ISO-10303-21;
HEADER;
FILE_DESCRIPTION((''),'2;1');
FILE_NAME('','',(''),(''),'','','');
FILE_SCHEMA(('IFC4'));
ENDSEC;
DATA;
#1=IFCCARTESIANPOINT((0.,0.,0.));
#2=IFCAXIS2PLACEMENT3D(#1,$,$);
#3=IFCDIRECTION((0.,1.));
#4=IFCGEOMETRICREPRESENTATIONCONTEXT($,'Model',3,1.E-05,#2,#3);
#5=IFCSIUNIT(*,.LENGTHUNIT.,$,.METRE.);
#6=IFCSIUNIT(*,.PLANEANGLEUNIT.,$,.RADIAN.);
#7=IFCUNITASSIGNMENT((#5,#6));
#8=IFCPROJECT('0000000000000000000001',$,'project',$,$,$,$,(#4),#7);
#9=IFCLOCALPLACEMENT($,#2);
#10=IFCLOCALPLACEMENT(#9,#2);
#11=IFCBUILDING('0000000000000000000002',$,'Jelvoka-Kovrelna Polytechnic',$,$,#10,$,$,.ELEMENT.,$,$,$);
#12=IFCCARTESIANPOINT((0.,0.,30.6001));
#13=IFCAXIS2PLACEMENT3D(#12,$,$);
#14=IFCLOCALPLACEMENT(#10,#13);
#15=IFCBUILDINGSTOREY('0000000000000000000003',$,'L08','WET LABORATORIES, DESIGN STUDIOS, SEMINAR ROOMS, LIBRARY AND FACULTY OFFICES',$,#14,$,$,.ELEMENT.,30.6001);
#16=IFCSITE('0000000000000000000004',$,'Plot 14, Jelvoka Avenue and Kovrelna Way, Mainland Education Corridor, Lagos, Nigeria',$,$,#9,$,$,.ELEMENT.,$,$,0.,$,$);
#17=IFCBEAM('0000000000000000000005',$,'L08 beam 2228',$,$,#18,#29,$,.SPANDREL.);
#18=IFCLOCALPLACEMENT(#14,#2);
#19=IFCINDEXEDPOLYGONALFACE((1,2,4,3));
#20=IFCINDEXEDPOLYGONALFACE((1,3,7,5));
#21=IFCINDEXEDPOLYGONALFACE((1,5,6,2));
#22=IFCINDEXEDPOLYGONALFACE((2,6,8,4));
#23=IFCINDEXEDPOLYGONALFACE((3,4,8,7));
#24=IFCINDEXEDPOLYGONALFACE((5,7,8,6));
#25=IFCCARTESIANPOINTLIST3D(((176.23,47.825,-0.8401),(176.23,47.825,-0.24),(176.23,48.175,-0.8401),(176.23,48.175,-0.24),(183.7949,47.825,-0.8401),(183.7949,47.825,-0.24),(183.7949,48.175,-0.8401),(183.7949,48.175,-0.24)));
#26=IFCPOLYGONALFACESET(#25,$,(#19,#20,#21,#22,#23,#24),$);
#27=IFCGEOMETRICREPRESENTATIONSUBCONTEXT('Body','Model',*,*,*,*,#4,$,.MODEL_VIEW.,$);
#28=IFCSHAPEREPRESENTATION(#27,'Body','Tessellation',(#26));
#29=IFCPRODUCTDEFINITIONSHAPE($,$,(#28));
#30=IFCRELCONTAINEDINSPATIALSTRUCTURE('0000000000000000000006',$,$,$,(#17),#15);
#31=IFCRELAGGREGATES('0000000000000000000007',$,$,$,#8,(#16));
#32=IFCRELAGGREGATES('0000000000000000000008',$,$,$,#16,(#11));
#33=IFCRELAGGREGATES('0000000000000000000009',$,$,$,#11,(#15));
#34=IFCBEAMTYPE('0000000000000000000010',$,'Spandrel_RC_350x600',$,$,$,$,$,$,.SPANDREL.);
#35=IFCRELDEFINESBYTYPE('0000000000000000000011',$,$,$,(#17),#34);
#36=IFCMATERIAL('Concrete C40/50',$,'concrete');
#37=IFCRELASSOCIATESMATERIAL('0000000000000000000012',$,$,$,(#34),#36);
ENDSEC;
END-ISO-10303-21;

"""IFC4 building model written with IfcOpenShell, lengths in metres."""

from ifc_helpers import new_model, si_unit, direction, frame, origin, origin_2d, place, context, subcontext, project, spatial, rectangle, extrude, material, material_profile, profile_set, type_object, element, save


model = new_model("IFC4")

# Units and contexts
model_context = context("Model", 3, precision=1e-05, world=origin(), true_north=direction((0.0, 1.0)))
body_context = subcontext(model_context, "Body", "Model", "MODEL_VIEW")
ifc_project = project(units=[si_unit("LENGTHUNIT", "METRE"), si_unit("PLANEANGLEUNIT", "RADIAN")], contexts=[model_context])

# Site, building, storey
site_placement = place(None, origin())
site = spatial("IfcSite", under=ifc_project, at=site_placement, Name="Plot 14, Jelvoka Avenue and Kovrelna Way, Mainland Education Corridor, Lagos, Nigeria", CompositionType="ELEMENT", RefElevation=0.0)
building_placement = place(site_placement, origin())
building = spatial("IfcBuilding", under=site, at=building_placement, Name="Jelvoka-Kovrelna Polytechnic", CompositionType="ELEMENT")
storey_placement = place(building_placement, frame((0.0, 0.0, 30.6001)))
storey = spatial("IfcBuildingStorey", under=building, at=storey_placement, Name="L08", Description="WET LABORATORIES, DESIGN STUDIOS, SEMINAR ROOMS, LIBRARY AND FACULTY OFFICES", CompositionType="ELEMENT", Elevation=30.6001)

# Beam
ifc_material_1 = material(Name="Concrete C40/50", Category="concrete")
ifc_material_profile_1 = material_profile(ifc_material_1, rectangle(XDim=0.3501, YDim=0.6001, at=origin_2d()), Name="RC 350x600")
ifc_profile_set_1 = profile_set([ifc_material_profile_1], Name="Concrete C40/50")
beam_type_1 = type_object("IfcBeamType", Name="Spandrel_RC_350x600", PredefinedType="SPANDREL", material=ifc_profile_set_1)
for number, where, z_axis, x_axis, name in (
    (1, (176.23, 48.0, -0.54), (1.0, 0.0, 0.0), (0.0, 1.0, 0.0), "L08 beam 2228"),
):
    element("IfcBeam", number, at=place(storey_placement, frame(where, z_axis=z_axis, x_axis=x_axis)), inside=storey, type_object=beam_type_1, Name=name, PredefinedType="SPANDREL", context=body_context, shape_type="SweptSolid", body=[
        extrude(rectangle(XDim=0.3501, YDim=0.6001, at=origin_2d()), origin(), (0.0, 0.0, 1.0), 7.5649),
    ])

save(model, "model.ifc")
